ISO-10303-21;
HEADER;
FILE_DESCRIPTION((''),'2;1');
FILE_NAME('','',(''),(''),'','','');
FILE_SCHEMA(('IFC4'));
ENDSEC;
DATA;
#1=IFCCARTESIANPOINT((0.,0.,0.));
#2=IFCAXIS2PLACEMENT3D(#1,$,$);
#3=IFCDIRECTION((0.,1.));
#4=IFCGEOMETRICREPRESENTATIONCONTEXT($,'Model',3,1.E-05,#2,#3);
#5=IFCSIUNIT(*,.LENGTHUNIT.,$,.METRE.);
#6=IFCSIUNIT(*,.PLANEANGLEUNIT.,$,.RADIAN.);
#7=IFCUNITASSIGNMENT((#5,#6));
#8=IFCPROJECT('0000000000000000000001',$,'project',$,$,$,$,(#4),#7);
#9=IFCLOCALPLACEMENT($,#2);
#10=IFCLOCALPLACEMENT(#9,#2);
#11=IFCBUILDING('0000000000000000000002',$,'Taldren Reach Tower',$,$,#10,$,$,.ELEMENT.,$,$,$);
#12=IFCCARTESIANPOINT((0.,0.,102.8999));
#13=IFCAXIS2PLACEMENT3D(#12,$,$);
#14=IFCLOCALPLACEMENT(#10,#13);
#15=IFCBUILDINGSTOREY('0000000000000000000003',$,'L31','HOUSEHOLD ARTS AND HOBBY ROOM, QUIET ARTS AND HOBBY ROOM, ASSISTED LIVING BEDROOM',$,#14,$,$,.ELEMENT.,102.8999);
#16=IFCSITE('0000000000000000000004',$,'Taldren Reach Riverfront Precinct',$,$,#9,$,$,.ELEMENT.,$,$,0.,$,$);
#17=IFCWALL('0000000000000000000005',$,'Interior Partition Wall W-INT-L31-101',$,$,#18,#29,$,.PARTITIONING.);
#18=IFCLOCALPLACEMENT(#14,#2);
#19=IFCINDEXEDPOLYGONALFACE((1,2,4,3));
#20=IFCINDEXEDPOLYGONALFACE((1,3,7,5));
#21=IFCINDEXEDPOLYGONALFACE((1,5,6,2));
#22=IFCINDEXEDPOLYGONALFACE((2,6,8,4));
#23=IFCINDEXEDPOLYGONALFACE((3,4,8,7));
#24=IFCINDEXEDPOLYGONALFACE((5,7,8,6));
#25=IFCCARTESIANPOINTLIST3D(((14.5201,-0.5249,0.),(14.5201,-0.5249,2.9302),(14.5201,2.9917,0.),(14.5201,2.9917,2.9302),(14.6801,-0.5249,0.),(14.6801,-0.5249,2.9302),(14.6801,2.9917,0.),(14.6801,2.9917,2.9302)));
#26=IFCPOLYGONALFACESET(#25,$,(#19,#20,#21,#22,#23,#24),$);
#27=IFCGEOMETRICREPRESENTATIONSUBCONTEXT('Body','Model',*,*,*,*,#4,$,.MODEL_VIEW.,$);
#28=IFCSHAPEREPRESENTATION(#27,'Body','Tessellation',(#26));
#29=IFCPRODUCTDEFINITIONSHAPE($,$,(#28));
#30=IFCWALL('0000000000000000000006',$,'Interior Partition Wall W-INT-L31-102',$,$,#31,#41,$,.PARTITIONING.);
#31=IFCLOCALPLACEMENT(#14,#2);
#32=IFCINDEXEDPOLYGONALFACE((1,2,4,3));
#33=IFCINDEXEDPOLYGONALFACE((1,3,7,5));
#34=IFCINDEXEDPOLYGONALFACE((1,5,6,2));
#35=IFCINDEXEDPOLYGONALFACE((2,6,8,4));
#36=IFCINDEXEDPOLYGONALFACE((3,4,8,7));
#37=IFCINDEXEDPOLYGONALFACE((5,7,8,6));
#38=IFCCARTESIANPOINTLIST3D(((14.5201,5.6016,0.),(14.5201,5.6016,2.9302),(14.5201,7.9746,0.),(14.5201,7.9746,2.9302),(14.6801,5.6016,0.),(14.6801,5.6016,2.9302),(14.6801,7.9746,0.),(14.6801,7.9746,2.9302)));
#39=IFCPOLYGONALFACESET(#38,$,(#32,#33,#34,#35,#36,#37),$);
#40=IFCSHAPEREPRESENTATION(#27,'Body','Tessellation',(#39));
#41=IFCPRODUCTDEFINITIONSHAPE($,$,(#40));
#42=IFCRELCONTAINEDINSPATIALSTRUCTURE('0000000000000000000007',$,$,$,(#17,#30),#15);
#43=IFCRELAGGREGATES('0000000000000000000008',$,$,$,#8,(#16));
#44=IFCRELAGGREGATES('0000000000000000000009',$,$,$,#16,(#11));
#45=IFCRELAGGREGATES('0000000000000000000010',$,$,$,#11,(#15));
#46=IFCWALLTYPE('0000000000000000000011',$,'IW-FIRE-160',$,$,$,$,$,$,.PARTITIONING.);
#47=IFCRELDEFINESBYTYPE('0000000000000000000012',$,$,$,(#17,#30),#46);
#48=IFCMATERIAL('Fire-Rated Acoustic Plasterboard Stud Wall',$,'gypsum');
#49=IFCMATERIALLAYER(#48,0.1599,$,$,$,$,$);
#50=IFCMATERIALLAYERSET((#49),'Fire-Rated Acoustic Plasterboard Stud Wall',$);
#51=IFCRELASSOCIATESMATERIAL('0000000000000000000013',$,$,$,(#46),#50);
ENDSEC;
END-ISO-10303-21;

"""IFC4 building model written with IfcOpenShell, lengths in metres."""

from ifc_helpers import new_model, si_unit, direction, frame, frame_2d, origin, place, context, subcontext, project, spatial, rectangle, extrude, source, transform, mapped, material, layer, layer_set, type_object, element, save


model = new_model("IFC4")

# Units and contexts
model_context = context("Model", 3, precision=1e-05, world=origin(), true_north=direction((0.0, 1.0)))
body_context = subcontext(model_context, "Body", "Model", "MODEL_VIEW")
ifc_project = project(units=[si_unit("LENGTHUNIT", "METRE"), si_unit("PLANEANGLEUNIT", "RADIAN")], contexts=[model_context])

# Site, building, storey
site_placement = place(None, origin())
site = spatial("IfcSite", under=ifc_project, at=site_placement, Name="Taldren Reach Riverfront Precinct", CompositionType="ELEMENT", RefElevation=0.0)
building_placement = place(site_placement, origin())
building = spatial("IfcBuilding", under=site, at=building_placement, Name="Taldren Reach Tower", CompositionType="ELEMENT")
storey_placement = place(building_placement, frame((0.0, 0.0, 102.8999)))
storey = spatial("IfcBuildingStorey", under=building, at=storey_placement, Name="L31", Description="HOUSEHOLD ARTS AND HOBBY ROOM, QUIET ARTS AND HOBBY ROOM, ASSISTED LIVING BEDROOM", CompositionType="ELEMENT", Elevation=102.8999)

# Walls
ifc_material_1 = material(Name="Fire-Rated Acoustic Plasterboard Stud Wall", Category="gypsum")
ifc_layer_1 = layer(ifc_material_1, 0.1599)
ifc_layer_set_1 = layer_set([ifc_layer_1], Name="Fire-Rated Acoustic Plasterboard Stud Wall")
wall_type_1 = type_object("IfcWallType", Name="IW-FIRE-160", PredefinedType="PARTITIONING", material=ifc_layer_set_1)
shared_shape_1 = source(origin(), body_context, "Body", "SweptSolid", [
    extrude(rectangle(XDim=3.5166, YDim=0.1599, at=frame_2d((1.7583, 0.0))), origin(), (0.0, 0.0, 1.0), 2.9302),
])
wall_1_placement = place(storey_placement, frame((14.6001, -0.5249, 0.0), z_axis=(0.0, 0.0, 1.0), x_axis=(0.0, 1.0, 0.0)))
element("IfcWall", 1, at=wall_1_placement, inside=storey, type_object=wall_type_1, Name="Interior Partition Wall W-INT-L31-101", PredefinedType="PARTITIONING", context=body_context, shape_type="MappedRepresentation", body=[
    mapped(shared_shape_1, transform((0.0, 0.0, 0.0), scale=1.0)),
])
shared_shape_2 = source(origin(), body_context, "Body", "SweptSolid", [
    extrude(rectangle(XDim=2.373, YDim=0.1599, at=frame_2d((1.1865, 0.0))), origin(), (0.0, 0.0, 1.0), 2.9302),
])
wall_2_placement = place(storey_placement, frame((14.6001, 5.6016, 0.0), z_axis=(0.0, 0.0, 1.0), x_axis=(0.0, 1.0, 0.0)))
element("IfcWall", 2, at=wall_2_placement, inside=storey, type_object=wall_type_1, Name="Interior Partition Wall W-INT-L31-102", PredefinedType="PARTITIONING", context=body_context, shape_type="MappedRepresentation", body=[
    mapped(shared_shape_2, transform((0.0, 0.0, 0.0), scale=1.0)),
])

save(model, "model.ifc")
